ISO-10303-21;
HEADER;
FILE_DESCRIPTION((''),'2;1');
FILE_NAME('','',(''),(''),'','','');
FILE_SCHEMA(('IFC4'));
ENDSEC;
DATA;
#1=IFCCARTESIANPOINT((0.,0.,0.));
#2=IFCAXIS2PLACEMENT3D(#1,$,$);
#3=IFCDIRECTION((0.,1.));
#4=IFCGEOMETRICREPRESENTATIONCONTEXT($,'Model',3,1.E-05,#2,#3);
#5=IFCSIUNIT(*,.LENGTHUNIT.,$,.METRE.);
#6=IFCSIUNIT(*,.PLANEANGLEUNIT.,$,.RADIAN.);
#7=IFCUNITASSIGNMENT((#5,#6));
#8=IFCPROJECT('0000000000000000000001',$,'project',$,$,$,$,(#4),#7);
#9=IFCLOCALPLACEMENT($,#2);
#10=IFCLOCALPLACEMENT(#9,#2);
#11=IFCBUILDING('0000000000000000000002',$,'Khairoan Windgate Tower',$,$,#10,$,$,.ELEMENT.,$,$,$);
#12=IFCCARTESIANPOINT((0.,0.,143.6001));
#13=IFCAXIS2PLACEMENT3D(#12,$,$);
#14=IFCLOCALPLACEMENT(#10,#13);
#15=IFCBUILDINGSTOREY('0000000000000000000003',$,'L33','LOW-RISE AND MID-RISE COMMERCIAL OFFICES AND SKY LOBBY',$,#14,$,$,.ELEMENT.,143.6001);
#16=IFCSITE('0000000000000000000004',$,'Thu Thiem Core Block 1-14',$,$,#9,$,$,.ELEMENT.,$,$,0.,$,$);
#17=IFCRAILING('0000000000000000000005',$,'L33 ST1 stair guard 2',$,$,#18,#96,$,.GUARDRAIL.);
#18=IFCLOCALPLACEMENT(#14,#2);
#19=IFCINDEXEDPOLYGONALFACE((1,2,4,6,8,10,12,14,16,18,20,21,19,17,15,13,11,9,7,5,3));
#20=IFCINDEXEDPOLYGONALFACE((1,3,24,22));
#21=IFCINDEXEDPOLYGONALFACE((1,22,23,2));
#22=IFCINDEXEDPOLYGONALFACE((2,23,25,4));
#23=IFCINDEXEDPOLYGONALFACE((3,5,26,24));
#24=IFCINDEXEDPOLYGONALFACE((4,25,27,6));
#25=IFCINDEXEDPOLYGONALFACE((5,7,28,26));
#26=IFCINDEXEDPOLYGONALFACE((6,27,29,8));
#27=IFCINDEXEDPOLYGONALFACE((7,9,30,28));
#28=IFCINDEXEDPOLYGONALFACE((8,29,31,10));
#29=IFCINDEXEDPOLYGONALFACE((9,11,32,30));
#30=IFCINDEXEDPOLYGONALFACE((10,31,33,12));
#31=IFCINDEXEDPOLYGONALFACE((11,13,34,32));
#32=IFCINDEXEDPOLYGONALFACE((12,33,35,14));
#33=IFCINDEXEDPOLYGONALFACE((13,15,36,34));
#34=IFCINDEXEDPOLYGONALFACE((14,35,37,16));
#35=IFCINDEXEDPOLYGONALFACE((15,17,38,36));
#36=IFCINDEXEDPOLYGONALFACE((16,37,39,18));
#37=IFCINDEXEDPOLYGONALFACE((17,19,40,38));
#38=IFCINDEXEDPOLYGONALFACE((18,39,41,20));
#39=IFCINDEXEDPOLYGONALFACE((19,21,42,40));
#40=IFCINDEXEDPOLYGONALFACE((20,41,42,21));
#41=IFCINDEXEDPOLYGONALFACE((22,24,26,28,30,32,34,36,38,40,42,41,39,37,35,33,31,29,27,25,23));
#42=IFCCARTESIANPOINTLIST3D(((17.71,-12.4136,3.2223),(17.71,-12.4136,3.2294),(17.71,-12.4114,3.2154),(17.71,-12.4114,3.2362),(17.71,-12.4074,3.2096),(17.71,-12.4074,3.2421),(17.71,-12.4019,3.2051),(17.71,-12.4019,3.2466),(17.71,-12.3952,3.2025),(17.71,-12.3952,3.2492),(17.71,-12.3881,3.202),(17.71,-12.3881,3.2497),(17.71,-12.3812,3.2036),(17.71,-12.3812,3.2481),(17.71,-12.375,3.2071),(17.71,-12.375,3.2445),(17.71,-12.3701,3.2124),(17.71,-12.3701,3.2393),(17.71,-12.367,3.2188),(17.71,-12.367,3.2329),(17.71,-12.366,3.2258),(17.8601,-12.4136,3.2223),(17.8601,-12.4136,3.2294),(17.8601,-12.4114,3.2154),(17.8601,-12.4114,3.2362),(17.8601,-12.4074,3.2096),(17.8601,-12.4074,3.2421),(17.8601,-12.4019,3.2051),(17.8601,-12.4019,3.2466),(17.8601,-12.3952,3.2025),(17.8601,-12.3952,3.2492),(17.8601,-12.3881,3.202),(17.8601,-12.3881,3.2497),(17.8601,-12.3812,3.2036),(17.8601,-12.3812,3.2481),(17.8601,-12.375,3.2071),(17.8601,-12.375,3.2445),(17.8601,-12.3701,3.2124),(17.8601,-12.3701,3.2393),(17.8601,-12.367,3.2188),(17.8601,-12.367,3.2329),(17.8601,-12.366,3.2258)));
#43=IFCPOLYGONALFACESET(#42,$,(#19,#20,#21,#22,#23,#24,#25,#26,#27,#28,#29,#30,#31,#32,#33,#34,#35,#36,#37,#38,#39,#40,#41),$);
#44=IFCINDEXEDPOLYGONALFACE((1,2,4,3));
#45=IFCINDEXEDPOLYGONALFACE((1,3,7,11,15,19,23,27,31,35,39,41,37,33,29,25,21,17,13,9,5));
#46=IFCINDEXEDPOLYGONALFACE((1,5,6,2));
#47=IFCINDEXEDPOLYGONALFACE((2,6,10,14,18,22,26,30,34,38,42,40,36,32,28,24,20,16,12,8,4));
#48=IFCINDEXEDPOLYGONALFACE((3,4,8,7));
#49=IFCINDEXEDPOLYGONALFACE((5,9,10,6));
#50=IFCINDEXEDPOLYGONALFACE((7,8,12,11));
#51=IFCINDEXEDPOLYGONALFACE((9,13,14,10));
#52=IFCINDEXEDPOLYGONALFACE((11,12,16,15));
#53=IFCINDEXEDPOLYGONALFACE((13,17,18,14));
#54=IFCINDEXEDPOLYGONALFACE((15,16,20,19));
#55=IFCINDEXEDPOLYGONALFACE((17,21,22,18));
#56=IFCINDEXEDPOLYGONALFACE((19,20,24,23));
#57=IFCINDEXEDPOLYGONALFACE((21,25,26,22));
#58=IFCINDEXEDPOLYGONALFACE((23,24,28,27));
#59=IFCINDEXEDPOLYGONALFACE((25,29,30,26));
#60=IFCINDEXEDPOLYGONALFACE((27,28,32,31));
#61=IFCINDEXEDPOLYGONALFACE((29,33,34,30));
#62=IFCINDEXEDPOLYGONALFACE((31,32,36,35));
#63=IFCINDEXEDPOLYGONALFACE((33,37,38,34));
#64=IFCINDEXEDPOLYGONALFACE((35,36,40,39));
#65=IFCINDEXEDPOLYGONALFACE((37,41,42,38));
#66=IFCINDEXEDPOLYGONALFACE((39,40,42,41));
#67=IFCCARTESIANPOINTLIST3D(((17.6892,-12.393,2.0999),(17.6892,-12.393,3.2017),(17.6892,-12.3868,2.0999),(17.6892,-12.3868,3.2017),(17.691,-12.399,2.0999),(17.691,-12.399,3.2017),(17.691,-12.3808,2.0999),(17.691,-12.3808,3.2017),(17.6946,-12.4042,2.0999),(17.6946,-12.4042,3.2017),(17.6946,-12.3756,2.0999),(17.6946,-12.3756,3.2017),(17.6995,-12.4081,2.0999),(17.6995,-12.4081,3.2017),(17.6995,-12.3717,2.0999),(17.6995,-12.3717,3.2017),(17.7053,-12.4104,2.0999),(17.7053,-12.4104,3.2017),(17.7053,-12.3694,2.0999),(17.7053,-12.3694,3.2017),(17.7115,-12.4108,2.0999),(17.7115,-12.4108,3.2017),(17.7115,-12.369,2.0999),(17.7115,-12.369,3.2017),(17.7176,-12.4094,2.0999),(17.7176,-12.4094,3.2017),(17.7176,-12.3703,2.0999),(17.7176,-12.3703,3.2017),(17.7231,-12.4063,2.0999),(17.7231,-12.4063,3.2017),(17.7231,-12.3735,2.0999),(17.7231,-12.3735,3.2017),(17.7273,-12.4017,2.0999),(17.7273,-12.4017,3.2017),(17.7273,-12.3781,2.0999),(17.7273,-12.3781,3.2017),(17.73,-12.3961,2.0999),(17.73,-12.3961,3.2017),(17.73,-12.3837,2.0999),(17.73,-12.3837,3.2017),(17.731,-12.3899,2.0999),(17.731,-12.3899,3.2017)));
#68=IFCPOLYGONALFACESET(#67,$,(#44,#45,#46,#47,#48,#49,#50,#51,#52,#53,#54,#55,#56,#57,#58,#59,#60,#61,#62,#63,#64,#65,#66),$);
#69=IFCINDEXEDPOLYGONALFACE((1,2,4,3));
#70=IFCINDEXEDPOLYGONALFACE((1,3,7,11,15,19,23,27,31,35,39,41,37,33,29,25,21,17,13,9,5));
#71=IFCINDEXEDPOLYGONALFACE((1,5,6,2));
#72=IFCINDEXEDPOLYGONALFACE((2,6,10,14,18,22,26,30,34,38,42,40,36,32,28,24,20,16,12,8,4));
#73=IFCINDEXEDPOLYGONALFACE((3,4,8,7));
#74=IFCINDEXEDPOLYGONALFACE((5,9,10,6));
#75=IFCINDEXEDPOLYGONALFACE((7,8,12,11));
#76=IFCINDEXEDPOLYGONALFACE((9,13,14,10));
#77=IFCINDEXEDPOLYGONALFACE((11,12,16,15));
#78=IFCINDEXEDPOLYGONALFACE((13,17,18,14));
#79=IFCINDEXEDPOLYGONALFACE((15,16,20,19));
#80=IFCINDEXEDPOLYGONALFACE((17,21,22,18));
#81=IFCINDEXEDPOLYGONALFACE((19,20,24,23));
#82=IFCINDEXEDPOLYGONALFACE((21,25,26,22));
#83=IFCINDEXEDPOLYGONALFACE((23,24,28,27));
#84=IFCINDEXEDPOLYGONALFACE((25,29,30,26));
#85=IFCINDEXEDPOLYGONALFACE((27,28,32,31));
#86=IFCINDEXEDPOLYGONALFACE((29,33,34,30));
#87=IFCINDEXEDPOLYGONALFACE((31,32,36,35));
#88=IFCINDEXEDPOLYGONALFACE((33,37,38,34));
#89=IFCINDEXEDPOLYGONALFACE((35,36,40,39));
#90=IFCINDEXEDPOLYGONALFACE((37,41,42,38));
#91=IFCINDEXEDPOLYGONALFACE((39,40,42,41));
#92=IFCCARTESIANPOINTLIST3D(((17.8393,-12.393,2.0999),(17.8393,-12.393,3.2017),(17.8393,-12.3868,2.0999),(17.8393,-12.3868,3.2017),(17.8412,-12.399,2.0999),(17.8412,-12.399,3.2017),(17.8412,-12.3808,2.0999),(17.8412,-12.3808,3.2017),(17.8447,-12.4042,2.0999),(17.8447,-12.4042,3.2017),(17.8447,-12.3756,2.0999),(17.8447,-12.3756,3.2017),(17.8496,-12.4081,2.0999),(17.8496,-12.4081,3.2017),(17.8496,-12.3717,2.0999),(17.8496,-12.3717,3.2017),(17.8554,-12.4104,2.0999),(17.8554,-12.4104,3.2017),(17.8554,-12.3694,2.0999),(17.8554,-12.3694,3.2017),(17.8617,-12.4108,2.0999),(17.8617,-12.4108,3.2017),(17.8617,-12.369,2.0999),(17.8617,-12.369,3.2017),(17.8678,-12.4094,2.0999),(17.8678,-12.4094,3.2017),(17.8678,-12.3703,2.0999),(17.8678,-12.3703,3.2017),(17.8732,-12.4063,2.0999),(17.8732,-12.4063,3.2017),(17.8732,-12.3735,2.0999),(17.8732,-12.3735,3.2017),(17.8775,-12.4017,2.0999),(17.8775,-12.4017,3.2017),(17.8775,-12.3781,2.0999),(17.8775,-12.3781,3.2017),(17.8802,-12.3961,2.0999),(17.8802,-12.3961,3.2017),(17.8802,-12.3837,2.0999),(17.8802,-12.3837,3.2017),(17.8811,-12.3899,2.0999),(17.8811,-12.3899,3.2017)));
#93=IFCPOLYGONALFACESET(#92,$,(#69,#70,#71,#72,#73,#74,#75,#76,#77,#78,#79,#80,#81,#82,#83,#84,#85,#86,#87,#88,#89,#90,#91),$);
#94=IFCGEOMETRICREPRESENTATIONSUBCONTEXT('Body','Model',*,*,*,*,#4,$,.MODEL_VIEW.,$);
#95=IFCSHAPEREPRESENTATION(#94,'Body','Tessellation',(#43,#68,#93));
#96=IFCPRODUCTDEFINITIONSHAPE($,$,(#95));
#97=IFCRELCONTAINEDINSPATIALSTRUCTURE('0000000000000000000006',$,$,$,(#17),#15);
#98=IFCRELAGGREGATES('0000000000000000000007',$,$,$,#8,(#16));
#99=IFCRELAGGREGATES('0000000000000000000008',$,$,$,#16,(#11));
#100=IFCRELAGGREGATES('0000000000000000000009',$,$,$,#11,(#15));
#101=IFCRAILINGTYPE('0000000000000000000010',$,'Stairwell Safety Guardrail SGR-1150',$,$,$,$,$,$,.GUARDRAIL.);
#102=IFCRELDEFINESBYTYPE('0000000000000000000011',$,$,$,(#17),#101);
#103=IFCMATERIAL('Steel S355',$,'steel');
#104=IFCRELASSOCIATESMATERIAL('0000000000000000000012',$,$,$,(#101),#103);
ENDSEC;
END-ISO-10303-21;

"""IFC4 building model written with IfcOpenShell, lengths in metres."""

from ifc_helpers import new_model, si_unit, direction, frame, origin, origin_2d, place, context, subcontext, project, spatial, circle, extrude, material, type_object, element, save


model = new_model("IFC4")

# Units and contexts
model_context = context("Model", 3, precision=1e-05, world=origin(), true_north=direction((0.0, 1.0)))
body_context = subcontext(model_context, "Body", "Model", "MODEL_VIEW")
ifc_project = project(units=[si_unit("LENGTHUNIT", "METRE"), si_unit("PLANEANGLEUNIT", "RADIAN")], contexts=[model_context])

# Site, building, storey
site_placement = place(None, origin())
site = spatial("IfcSite", under=ifc_project, at=site_placement, Name="Thu Thiem Core Block 1-14", CompositionType="ELEMENT", RefElevation=0.0)
building_placement = place(site_placement, origin())
building = spatial("IfcBuilding", under=site, at=building_placement, Name="Khairoan Windgate Tower", CompositionType="ELEMENT")
storey_placement = place(building_placement, frame((0.0, 0.0, 143.6001)))
storey = spatial("IfcBuildingStorey", under=building, at=storey_placement, Name="L33", Description="LOW-RISE AND MID-RISE COMMERCIAL OFFICES AND SKY LOBBY", CompositionType="ELEMENT", Elevation=143.6001)

# Railing
ifc_material_1 = material(Name="Steel S355", Category="steel")
railing_type_1 = type_object("IfcRailingType", Name="Stairwell Safety Guardrail SGR-1150", PredefinedType="GUARDRAIL", material=ifc_material_1)
railing_1_placement = place(storey_placement, frame((17.71, -12.3899, 2.0999)))
element("IfcRailing", 1, at=railing_1_placement, inside=storey, type_object=railing_type_1, Name="L33 ST1 stair guard 2", PredefinedType="GUARDRAIL", context=body_context, shape_type="SweptSolid", body=[
    extrude(circle(Radius=0.0239, at=origin_2d()), frame((0.0, 0.0, 1.126), z_axis=(1.0, 0.0, 0.0), x_axis=(0.0, 1.0, 0.0)), (0.0, 0.0, 1.0), 0.1501),
    extrude(circle(Radius=0.021, at=origin_2d()), origin(), (0.0, 0.0, 1.0), 1.1018),
    extrude(circle(Radius=0.021, at=origin_2d()), frame((0.1501, 0.0, 0.0)), (0.0, 0.0, 1.0), 1.1018),
])

save(model, "model.ifc")
